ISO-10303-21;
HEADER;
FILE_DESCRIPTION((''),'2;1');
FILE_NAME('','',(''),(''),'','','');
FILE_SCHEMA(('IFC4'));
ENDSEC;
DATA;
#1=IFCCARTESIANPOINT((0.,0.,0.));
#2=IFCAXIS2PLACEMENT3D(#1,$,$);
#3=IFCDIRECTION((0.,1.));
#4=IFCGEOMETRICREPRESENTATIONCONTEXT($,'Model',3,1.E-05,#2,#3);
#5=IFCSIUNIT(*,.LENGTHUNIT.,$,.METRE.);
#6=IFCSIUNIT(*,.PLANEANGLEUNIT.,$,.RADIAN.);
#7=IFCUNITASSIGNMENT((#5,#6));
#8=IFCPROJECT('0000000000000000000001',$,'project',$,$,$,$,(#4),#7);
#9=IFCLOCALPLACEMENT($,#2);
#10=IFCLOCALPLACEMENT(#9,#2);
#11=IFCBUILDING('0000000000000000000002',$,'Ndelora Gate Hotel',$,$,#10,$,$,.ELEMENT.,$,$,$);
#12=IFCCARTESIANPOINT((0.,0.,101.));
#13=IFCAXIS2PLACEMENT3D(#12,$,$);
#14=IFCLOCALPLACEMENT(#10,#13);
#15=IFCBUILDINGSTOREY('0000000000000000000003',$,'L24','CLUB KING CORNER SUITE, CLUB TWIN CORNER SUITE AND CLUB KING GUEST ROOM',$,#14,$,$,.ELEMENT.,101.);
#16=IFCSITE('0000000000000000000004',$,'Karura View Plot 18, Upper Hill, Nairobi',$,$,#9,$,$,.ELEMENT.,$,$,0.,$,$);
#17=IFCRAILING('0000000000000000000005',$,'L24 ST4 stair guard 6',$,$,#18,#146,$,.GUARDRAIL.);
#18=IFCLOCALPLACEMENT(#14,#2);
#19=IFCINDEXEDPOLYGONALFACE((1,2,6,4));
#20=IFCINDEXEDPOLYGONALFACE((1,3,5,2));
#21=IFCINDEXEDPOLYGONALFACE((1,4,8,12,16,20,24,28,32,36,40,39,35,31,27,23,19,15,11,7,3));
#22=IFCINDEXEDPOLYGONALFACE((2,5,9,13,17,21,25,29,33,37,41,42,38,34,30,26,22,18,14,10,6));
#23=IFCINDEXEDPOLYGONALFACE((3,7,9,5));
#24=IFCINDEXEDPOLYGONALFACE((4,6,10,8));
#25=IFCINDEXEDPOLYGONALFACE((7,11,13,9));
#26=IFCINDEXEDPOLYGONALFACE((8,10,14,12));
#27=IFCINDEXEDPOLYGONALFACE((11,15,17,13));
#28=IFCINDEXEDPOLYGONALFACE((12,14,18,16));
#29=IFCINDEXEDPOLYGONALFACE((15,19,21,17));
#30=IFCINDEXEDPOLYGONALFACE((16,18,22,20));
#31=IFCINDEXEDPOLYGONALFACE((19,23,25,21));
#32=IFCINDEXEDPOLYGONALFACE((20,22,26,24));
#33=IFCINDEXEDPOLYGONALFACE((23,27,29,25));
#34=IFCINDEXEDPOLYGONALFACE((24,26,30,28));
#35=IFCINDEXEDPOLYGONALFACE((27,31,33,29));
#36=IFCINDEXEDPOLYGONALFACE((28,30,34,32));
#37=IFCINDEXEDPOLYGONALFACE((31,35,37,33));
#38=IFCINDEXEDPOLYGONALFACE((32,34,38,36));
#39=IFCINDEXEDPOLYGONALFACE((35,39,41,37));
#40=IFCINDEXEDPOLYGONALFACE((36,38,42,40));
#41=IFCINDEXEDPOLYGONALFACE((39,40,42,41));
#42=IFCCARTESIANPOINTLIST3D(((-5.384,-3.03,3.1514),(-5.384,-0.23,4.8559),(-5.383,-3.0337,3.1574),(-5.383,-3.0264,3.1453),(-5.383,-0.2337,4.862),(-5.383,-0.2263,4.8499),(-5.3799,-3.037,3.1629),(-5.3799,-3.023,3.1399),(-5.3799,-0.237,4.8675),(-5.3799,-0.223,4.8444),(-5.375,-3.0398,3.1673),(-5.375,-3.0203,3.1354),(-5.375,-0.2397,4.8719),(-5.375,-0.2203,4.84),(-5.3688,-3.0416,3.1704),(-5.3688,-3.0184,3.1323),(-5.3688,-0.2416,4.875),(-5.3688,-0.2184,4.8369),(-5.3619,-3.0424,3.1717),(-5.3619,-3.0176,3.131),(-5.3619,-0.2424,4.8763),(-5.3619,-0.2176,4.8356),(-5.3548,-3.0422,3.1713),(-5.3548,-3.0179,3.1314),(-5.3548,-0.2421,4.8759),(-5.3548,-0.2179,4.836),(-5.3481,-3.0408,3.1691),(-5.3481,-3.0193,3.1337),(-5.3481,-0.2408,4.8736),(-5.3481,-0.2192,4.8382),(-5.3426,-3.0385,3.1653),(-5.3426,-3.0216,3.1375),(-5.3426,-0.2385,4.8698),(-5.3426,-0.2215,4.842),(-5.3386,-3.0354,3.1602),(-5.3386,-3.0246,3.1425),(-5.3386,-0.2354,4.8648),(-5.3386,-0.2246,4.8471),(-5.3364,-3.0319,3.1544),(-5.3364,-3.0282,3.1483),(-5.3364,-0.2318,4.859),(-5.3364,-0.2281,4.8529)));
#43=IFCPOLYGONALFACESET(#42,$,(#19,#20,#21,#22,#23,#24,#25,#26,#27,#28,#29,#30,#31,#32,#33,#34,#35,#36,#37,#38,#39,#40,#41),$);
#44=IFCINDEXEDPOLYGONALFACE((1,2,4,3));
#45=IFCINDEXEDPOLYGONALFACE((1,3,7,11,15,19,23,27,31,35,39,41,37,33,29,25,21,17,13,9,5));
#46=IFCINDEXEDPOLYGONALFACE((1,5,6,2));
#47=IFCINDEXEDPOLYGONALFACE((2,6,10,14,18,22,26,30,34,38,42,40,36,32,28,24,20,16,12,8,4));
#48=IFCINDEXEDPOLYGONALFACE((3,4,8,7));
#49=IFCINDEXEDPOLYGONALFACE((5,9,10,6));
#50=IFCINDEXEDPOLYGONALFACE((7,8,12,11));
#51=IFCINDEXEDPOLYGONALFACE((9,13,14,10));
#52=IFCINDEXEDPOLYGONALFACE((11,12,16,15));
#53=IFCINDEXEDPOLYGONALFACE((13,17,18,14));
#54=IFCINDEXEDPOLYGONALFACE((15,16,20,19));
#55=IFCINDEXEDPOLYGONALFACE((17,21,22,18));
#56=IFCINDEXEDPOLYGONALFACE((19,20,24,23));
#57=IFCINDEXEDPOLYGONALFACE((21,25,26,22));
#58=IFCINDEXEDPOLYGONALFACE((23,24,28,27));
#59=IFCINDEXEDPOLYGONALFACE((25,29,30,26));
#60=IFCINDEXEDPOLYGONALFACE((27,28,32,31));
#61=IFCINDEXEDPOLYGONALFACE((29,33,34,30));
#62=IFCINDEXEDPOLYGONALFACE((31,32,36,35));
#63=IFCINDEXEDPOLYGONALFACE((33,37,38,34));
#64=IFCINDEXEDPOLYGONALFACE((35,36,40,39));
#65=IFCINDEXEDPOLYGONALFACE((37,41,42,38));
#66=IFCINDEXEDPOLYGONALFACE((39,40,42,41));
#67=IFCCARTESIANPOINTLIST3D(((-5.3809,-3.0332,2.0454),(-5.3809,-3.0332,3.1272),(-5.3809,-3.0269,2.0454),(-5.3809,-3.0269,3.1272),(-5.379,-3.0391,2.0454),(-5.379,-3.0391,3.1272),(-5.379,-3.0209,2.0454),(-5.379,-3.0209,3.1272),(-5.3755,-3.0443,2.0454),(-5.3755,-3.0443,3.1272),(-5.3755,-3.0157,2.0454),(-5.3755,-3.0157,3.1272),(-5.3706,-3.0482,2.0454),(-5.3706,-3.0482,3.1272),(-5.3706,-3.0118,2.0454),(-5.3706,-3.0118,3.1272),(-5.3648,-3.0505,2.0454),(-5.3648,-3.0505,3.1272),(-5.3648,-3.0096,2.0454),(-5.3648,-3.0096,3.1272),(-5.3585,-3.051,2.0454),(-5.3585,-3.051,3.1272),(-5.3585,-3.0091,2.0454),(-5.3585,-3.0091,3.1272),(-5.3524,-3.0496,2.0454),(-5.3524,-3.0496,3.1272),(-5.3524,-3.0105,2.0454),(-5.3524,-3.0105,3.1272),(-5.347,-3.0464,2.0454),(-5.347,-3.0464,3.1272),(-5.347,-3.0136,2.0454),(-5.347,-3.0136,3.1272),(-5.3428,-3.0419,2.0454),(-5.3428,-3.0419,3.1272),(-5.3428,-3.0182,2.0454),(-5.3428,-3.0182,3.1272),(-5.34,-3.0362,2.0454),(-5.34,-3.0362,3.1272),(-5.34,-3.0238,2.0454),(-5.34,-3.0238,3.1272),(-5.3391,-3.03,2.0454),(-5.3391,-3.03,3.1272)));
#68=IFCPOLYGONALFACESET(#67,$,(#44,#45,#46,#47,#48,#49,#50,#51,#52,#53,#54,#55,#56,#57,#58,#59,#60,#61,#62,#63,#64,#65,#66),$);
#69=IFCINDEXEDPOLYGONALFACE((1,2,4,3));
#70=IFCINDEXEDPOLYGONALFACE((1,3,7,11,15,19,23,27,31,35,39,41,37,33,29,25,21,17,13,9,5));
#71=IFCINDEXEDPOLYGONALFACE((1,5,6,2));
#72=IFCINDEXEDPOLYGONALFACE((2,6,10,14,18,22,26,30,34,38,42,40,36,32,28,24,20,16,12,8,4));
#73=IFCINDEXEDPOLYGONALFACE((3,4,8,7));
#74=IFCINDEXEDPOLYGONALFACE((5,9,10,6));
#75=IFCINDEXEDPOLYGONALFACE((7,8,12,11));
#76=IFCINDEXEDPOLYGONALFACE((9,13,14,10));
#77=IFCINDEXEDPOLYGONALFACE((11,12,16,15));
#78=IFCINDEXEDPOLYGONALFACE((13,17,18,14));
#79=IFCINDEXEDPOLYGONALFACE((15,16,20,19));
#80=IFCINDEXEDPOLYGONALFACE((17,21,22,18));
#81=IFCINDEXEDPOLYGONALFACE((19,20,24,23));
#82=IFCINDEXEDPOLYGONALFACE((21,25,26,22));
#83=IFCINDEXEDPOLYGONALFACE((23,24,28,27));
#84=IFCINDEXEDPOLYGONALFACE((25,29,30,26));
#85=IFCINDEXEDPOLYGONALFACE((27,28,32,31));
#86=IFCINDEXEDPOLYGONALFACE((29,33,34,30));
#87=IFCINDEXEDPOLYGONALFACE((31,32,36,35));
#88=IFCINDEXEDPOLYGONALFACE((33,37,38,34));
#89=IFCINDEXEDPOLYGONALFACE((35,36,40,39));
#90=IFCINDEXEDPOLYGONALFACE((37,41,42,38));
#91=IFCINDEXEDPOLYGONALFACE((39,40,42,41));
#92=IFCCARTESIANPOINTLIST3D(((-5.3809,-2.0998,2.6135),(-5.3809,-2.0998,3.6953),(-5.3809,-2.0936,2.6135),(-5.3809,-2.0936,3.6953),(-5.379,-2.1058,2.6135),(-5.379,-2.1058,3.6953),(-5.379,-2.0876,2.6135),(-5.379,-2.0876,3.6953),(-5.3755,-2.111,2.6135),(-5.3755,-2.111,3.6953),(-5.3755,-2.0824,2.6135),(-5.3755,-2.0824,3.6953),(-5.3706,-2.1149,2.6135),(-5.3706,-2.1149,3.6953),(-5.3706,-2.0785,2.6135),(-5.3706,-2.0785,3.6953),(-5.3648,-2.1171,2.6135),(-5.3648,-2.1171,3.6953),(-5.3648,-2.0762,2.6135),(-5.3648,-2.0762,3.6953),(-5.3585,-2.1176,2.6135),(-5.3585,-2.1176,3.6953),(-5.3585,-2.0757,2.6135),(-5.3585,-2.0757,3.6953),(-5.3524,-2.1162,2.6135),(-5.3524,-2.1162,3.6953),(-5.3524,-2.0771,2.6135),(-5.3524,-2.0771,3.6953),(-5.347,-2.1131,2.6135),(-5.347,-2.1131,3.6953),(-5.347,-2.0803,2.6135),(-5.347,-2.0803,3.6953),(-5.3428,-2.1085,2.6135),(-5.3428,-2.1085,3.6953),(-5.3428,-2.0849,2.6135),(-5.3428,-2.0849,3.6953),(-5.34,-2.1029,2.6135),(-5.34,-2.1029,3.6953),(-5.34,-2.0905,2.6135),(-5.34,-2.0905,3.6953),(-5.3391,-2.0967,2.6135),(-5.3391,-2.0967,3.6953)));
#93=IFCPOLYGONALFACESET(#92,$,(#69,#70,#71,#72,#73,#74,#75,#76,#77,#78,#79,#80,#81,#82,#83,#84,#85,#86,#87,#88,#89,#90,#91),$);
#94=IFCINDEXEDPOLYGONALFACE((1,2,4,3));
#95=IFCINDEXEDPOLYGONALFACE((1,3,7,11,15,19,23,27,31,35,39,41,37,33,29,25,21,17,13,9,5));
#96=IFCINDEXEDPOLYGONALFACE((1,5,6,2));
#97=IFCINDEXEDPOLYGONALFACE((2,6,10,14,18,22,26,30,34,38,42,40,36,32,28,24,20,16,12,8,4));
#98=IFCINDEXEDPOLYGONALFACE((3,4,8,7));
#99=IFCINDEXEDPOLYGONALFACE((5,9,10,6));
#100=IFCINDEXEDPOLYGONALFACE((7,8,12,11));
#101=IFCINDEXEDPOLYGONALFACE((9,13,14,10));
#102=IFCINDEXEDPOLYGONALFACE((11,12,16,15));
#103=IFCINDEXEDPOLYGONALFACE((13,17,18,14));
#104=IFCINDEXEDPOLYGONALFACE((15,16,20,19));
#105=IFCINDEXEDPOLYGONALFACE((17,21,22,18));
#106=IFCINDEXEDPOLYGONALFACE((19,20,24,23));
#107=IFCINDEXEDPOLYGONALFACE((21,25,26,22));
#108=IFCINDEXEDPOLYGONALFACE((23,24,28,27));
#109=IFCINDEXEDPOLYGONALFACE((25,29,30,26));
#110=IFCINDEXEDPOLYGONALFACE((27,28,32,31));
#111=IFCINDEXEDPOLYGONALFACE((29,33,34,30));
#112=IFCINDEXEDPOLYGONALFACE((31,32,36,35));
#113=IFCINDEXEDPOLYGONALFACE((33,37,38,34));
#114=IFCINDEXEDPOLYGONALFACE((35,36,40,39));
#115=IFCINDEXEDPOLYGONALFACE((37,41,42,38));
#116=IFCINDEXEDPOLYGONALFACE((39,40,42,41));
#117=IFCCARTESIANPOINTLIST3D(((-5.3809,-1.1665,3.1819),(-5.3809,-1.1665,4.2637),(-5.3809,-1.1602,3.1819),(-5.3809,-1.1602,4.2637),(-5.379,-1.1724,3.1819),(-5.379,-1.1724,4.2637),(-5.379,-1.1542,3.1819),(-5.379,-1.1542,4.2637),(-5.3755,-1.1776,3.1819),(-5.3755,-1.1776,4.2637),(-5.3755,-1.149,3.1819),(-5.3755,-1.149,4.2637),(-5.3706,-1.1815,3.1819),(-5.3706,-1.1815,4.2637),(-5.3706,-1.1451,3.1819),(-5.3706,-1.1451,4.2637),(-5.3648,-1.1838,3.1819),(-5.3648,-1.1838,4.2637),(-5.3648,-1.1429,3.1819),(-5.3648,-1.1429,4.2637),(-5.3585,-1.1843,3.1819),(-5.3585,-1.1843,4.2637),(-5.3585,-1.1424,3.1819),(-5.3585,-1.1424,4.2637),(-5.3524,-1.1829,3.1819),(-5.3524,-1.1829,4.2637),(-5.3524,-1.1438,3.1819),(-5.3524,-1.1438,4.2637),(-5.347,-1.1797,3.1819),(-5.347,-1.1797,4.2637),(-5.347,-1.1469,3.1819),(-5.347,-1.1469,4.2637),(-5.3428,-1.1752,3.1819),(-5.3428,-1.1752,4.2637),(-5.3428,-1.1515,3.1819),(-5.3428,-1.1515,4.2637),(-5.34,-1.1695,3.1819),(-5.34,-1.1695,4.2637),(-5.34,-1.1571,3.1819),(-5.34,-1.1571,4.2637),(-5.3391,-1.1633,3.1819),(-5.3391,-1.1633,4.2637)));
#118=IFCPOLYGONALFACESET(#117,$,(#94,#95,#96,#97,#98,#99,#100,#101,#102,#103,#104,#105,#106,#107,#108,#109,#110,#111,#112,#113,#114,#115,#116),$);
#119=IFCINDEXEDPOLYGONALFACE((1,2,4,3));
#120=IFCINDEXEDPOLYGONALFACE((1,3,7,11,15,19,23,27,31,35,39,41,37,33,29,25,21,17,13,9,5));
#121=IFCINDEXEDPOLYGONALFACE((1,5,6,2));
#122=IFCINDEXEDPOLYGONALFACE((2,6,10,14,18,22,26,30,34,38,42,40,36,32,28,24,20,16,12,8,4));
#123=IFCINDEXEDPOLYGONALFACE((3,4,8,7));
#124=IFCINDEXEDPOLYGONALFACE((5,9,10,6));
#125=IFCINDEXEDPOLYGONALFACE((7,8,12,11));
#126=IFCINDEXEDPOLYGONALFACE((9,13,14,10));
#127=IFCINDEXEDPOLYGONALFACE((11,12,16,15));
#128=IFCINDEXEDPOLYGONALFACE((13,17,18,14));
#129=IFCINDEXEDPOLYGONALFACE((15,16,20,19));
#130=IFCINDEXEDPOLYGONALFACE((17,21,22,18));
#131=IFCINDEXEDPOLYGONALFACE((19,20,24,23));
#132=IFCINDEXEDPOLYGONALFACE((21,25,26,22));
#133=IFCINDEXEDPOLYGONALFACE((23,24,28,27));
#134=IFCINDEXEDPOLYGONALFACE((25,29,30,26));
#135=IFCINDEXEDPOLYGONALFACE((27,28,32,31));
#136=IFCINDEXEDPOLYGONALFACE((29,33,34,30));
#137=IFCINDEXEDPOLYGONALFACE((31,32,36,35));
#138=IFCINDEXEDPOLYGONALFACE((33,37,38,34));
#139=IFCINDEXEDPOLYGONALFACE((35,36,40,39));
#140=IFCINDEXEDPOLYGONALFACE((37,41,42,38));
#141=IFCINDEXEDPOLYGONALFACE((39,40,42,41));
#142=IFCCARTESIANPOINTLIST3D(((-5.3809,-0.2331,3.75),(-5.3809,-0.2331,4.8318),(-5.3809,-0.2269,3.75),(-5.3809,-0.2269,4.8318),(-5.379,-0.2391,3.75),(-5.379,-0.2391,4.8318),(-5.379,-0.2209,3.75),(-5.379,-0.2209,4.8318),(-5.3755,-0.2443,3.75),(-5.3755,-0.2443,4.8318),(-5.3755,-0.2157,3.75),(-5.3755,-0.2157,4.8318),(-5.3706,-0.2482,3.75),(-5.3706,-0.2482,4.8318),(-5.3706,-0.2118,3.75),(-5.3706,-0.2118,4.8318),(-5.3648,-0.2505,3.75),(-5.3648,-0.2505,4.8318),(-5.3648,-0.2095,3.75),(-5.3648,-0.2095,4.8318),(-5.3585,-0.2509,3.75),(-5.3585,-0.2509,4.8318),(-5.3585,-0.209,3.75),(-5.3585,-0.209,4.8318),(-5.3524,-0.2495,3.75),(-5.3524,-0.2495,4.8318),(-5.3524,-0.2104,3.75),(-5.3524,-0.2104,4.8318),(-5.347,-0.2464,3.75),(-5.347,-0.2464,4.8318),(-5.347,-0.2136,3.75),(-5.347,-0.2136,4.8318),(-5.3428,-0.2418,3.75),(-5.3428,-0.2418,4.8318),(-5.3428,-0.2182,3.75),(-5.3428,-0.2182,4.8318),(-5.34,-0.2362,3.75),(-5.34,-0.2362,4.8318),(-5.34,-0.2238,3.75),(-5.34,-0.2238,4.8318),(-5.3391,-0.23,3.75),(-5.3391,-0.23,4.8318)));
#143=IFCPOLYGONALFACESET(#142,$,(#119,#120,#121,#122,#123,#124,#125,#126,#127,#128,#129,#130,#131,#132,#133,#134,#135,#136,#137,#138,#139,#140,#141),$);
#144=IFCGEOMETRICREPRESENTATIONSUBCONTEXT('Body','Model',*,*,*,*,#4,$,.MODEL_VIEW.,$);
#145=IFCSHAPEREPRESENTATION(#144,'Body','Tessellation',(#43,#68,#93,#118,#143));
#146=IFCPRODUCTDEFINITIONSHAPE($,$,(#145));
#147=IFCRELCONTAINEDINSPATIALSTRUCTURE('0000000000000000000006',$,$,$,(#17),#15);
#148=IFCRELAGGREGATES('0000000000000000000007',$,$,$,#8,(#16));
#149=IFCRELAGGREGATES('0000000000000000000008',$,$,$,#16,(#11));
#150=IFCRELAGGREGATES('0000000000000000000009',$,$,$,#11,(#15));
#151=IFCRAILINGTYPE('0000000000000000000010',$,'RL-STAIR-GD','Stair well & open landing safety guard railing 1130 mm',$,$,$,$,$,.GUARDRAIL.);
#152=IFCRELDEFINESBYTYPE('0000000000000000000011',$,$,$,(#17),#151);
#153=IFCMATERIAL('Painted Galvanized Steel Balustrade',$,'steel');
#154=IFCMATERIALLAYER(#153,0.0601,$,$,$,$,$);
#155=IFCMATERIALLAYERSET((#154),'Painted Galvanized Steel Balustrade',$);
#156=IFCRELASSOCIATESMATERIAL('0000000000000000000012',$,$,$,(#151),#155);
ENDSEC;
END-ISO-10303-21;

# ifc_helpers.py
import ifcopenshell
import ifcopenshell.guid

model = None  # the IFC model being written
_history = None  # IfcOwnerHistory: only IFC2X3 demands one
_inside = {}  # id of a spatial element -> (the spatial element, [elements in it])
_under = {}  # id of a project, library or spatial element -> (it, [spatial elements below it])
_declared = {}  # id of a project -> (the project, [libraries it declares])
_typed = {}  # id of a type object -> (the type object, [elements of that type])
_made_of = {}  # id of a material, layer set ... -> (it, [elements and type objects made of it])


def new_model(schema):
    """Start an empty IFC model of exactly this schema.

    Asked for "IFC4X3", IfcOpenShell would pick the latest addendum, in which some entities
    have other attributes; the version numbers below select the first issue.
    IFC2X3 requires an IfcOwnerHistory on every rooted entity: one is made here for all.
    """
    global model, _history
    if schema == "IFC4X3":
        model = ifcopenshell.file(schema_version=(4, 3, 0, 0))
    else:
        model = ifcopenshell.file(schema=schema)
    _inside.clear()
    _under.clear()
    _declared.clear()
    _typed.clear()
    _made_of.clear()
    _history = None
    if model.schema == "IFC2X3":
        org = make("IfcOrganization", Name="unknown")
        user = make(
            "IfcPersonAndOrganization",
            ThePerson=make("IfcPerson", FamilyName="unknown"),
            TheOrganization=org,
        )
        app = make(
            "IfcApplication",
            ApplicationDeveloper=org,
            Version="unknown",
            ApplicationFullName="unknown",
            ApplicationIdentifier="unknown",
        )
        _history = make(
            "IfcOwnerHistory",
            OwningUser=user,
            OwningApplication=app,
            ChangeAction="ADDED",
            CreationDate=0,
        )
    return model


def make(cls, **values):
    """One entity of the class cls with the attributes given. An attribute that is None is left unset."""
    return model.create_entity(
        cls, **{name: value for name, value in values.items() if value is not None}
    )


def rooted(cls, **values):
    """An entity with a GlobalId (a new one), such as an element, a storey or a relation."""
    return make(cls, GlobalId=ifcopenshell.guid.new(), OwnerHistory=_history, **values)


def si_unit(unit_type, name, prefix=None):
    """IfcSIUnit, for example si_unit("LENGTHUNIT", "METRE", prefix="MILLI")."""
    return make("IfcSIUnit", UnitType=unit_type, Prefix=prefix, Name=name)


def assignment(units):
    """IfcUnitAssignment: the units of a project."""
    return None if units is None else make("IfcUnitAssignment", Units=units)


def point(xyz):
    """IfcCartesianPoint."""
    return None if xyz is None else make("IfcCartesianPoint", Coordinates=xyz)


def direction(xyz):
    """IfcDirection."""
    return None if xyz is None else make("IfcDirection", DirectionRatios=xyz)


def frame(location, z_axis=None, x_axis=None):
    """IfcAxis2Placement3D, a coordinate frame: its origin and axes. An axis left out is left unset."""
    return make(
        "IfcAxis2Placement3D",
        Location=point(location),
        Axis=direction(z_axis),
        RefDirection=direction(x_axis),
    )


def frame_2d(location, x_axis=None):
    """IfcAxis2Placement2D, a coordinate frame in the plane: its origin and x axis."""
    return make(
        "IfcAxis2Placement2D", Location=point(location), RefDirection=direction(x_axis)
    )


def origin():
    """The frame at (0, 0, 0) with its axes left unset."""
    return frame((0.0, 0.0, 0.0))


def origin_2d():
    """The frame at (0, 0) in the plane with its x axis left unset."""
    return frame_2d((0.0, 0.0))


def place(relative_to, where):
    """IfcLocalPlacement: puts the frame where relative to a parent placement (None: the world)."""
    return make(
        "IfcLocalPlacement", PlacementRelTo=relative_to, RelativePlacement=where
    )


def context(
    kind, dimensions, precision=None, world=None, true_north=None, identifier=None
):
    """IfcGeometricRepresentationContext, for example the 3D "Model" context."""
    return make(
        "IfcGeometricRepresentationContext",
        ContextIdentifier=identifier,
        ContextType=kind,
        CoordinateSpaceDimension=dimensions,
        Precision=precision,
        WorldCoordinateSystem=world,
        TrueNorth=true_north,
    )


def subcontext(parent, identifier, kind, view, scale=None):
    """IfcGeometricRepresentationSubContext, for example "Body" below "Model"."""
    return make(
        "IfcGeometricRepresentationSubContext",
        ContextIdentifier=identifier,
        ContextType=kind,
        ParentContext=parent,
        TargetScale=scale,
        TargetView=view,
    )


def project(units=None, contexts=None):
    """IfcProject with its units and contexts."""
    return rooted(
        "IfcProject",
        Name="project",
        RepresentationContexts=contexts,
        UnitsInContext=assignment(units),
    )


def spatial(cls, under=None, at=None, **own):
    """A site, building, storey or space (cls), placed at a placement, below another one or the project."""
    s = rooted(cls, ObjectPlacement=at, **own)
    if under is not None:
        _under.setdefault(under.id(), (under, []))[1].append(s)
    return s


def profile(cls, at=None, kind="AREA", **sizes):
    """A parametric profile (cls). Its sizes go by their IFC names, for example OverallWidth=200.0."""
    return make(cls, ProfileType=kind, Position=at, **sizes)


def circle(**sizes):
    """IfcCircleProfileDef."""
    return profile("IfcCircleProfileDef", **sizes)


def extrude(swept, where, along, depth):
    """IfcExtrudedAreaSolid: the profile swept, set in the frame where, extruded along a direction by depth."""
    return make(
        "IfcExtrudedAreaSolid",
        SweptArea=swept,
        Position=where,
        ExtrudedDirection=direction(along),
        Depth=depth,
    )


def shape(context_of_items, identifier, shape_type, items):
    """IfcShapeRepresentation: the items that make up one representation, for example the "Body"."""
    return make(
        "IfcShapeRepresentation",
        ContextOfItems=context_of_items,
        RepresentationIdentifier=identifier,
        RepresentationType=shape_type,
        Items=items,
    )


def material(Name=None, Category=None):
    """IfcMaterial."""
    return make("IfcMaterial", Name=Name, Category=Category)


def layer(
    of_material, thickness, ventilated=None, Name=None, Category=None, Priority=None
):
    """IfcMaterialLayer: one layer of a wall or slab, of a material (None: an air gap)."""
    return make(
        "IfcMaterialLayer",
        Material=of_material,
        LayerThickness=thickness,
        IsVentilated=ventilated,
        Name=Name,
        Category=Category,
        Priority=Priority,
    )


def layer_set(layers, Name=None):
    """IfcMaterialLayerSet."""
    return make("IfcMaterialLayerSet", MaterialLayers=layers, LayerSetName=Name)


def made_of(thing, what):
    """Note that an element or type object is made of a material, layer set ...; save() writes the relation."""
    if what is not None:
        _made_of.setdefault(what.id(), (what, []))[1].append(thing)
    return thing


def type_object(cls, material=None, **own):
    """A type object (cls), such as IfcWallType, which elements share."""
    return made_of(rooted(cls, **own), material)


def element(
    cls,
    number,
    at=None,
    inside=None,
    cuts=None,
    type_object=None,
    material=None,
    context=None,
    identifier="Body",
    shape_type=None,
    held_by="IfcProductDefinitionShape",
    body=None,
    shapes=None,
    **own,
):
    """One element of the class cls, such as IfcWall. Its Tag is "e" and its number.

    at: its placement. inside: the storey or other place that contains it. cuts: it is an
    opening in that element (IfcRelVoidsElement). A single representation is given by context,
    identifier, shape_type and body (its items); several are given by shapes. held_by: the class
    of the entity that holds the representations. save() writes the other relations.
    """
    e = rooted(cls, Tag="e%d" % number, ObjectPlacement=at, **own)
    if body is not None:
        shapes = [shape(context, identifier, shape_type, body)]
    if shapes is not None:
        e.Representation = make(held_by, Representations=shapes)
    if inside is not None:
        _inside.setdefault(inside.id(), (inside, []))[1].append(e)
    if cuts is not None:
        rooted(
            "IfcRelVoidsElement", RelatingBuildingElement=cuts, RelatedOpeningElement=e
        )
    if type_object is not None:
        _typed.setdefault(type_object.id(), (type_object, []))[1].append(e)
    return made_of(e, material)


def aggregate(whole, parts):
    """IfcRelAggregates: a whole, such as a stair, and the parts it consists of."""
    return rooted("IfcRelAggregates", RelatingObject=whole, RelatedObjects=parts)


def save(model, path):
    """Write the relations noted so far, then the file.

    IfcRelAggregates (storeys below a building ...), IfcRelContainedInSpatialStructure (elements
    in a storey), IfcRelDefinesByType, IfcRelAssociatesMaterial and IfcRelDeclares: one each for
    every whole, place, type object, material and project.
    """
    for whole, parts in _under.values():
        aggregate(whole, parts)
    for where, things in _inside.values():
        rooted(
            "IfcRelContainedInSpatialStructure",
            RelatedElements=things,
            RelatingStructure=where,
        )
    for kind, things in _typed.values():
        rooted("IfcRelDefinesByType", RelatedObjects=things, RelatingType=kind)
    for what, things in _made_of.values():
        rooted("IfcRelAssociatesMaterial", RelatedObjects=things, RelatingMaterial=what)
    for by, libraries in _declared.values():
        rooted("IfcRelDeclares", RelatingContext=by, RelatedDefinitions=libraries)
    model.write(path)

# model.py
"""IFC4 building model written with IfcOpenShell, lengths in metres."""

from ifc_helpers import new_model, si_unit, direction, frame, origin, origin_2d, place, context, subcontext, project, spatial, circle, extrude, material, layer, layer_set, type_object, element, save


model = new_model("IFC4")

# Units and contexts
model_context = context("Model", 3, precision=1e-05, world=origin(), true_north=direction((0.0, 1.0)))
body_context = subcontext(model_context, "Body", "Model", "MODEL_VIEW")
ifc_project = project(units=[si_unit("LENGTHUNIT", "METRE"), si_unit("PLANEANGLEUNIT", "RADIAN")], contexts=[model_context])

# Site, building, storey
site_placement = place(None, origin())
site = spatial("IfcSite", under=ifc_project, at=site_placement, Name="Karura View Plot 18, Upper Hill, Nairobi", CompositionType="ELEMENT", RefElevation=0.0)
building_placement = place(site_placement, origin())
building = spatial("IfcBuilding", under=site, at=building_placement, Name="Ndelora Gate Hotel", CompositionType="ELEMENT")
storey_placement = place(building_placement, frame((0.0, 0.0, 101.0)))
storey = spatial("IfcBuildingStorey", under=building, at=storey_placement, Name="L24", Description="CLUB KING CORNER SUITE, CLUB TWIN CORNER SUITE AND CLUB KING GUEST ROOM", CompositionType="ELEMENT", Elevation=101.0)

# Railing
ifc_material_1 = material(Name="Painted Galvanized Steel Balustrade", Category="steel")
ifc_layer_1 = layer(ifc_material_1, 0.0601)
ifc_layer_set_1 = layer_set([ifc_layer_1], Name="Painted Galvanized Steel Balustrade")
railing_type_1 = type_object("IfcRailingType", Name="RL-STAIR-GD", Description="Stair well & open landing safety guard railing 1130 mm", PredefinedType="GUARDRAIL", material=ifc_layer_set_1)
railing_1_placement = place(storey_placement, frame((-5.3601, -3.03, 2.0454)))
element("IfcRailing", 1, at=railing_1_placement, inside=storey, type_object=railing_type_1, Name="L24 ST4 stair guard 6", PredefinedType="GUARDRAIL", context=body_context, shape_type="SweptSolid", body=[
    extrude(circle(Radius=0.0239, at=origin_2d()), frame((0.0, 0.0, 1.106), z_axis=(0.0, 0.85417, 0.519994), x_axis=(-1.0, 0.0, 0.0)), (0.0, 0.0, 1.0), 3.2781),
    extrude(circle(Radius=0.021, at=origin_2d()), origin(), (0.0, 0.0, 1.0), 1.0818),
    extrude(circle(Radius=0.021, at=origin_2d()), frame((0.0, 0.9333, 0.5681)), (0.0, 0.0, 1.0), 1.0818),
    extrude(circle(Radius=0.021, at=origin_2d()), frame((0.0, 1.8667, 1.1365)), (0.0, 0.0, 1.0), 1.0818),
    extrude(circle(Radius=0.021, at=origin_2d()), frame((0.0, 2.8, 1.7046)), (0.0, 0.0, 1.0), 1.0818),
])

save(model, "model.ifc")
